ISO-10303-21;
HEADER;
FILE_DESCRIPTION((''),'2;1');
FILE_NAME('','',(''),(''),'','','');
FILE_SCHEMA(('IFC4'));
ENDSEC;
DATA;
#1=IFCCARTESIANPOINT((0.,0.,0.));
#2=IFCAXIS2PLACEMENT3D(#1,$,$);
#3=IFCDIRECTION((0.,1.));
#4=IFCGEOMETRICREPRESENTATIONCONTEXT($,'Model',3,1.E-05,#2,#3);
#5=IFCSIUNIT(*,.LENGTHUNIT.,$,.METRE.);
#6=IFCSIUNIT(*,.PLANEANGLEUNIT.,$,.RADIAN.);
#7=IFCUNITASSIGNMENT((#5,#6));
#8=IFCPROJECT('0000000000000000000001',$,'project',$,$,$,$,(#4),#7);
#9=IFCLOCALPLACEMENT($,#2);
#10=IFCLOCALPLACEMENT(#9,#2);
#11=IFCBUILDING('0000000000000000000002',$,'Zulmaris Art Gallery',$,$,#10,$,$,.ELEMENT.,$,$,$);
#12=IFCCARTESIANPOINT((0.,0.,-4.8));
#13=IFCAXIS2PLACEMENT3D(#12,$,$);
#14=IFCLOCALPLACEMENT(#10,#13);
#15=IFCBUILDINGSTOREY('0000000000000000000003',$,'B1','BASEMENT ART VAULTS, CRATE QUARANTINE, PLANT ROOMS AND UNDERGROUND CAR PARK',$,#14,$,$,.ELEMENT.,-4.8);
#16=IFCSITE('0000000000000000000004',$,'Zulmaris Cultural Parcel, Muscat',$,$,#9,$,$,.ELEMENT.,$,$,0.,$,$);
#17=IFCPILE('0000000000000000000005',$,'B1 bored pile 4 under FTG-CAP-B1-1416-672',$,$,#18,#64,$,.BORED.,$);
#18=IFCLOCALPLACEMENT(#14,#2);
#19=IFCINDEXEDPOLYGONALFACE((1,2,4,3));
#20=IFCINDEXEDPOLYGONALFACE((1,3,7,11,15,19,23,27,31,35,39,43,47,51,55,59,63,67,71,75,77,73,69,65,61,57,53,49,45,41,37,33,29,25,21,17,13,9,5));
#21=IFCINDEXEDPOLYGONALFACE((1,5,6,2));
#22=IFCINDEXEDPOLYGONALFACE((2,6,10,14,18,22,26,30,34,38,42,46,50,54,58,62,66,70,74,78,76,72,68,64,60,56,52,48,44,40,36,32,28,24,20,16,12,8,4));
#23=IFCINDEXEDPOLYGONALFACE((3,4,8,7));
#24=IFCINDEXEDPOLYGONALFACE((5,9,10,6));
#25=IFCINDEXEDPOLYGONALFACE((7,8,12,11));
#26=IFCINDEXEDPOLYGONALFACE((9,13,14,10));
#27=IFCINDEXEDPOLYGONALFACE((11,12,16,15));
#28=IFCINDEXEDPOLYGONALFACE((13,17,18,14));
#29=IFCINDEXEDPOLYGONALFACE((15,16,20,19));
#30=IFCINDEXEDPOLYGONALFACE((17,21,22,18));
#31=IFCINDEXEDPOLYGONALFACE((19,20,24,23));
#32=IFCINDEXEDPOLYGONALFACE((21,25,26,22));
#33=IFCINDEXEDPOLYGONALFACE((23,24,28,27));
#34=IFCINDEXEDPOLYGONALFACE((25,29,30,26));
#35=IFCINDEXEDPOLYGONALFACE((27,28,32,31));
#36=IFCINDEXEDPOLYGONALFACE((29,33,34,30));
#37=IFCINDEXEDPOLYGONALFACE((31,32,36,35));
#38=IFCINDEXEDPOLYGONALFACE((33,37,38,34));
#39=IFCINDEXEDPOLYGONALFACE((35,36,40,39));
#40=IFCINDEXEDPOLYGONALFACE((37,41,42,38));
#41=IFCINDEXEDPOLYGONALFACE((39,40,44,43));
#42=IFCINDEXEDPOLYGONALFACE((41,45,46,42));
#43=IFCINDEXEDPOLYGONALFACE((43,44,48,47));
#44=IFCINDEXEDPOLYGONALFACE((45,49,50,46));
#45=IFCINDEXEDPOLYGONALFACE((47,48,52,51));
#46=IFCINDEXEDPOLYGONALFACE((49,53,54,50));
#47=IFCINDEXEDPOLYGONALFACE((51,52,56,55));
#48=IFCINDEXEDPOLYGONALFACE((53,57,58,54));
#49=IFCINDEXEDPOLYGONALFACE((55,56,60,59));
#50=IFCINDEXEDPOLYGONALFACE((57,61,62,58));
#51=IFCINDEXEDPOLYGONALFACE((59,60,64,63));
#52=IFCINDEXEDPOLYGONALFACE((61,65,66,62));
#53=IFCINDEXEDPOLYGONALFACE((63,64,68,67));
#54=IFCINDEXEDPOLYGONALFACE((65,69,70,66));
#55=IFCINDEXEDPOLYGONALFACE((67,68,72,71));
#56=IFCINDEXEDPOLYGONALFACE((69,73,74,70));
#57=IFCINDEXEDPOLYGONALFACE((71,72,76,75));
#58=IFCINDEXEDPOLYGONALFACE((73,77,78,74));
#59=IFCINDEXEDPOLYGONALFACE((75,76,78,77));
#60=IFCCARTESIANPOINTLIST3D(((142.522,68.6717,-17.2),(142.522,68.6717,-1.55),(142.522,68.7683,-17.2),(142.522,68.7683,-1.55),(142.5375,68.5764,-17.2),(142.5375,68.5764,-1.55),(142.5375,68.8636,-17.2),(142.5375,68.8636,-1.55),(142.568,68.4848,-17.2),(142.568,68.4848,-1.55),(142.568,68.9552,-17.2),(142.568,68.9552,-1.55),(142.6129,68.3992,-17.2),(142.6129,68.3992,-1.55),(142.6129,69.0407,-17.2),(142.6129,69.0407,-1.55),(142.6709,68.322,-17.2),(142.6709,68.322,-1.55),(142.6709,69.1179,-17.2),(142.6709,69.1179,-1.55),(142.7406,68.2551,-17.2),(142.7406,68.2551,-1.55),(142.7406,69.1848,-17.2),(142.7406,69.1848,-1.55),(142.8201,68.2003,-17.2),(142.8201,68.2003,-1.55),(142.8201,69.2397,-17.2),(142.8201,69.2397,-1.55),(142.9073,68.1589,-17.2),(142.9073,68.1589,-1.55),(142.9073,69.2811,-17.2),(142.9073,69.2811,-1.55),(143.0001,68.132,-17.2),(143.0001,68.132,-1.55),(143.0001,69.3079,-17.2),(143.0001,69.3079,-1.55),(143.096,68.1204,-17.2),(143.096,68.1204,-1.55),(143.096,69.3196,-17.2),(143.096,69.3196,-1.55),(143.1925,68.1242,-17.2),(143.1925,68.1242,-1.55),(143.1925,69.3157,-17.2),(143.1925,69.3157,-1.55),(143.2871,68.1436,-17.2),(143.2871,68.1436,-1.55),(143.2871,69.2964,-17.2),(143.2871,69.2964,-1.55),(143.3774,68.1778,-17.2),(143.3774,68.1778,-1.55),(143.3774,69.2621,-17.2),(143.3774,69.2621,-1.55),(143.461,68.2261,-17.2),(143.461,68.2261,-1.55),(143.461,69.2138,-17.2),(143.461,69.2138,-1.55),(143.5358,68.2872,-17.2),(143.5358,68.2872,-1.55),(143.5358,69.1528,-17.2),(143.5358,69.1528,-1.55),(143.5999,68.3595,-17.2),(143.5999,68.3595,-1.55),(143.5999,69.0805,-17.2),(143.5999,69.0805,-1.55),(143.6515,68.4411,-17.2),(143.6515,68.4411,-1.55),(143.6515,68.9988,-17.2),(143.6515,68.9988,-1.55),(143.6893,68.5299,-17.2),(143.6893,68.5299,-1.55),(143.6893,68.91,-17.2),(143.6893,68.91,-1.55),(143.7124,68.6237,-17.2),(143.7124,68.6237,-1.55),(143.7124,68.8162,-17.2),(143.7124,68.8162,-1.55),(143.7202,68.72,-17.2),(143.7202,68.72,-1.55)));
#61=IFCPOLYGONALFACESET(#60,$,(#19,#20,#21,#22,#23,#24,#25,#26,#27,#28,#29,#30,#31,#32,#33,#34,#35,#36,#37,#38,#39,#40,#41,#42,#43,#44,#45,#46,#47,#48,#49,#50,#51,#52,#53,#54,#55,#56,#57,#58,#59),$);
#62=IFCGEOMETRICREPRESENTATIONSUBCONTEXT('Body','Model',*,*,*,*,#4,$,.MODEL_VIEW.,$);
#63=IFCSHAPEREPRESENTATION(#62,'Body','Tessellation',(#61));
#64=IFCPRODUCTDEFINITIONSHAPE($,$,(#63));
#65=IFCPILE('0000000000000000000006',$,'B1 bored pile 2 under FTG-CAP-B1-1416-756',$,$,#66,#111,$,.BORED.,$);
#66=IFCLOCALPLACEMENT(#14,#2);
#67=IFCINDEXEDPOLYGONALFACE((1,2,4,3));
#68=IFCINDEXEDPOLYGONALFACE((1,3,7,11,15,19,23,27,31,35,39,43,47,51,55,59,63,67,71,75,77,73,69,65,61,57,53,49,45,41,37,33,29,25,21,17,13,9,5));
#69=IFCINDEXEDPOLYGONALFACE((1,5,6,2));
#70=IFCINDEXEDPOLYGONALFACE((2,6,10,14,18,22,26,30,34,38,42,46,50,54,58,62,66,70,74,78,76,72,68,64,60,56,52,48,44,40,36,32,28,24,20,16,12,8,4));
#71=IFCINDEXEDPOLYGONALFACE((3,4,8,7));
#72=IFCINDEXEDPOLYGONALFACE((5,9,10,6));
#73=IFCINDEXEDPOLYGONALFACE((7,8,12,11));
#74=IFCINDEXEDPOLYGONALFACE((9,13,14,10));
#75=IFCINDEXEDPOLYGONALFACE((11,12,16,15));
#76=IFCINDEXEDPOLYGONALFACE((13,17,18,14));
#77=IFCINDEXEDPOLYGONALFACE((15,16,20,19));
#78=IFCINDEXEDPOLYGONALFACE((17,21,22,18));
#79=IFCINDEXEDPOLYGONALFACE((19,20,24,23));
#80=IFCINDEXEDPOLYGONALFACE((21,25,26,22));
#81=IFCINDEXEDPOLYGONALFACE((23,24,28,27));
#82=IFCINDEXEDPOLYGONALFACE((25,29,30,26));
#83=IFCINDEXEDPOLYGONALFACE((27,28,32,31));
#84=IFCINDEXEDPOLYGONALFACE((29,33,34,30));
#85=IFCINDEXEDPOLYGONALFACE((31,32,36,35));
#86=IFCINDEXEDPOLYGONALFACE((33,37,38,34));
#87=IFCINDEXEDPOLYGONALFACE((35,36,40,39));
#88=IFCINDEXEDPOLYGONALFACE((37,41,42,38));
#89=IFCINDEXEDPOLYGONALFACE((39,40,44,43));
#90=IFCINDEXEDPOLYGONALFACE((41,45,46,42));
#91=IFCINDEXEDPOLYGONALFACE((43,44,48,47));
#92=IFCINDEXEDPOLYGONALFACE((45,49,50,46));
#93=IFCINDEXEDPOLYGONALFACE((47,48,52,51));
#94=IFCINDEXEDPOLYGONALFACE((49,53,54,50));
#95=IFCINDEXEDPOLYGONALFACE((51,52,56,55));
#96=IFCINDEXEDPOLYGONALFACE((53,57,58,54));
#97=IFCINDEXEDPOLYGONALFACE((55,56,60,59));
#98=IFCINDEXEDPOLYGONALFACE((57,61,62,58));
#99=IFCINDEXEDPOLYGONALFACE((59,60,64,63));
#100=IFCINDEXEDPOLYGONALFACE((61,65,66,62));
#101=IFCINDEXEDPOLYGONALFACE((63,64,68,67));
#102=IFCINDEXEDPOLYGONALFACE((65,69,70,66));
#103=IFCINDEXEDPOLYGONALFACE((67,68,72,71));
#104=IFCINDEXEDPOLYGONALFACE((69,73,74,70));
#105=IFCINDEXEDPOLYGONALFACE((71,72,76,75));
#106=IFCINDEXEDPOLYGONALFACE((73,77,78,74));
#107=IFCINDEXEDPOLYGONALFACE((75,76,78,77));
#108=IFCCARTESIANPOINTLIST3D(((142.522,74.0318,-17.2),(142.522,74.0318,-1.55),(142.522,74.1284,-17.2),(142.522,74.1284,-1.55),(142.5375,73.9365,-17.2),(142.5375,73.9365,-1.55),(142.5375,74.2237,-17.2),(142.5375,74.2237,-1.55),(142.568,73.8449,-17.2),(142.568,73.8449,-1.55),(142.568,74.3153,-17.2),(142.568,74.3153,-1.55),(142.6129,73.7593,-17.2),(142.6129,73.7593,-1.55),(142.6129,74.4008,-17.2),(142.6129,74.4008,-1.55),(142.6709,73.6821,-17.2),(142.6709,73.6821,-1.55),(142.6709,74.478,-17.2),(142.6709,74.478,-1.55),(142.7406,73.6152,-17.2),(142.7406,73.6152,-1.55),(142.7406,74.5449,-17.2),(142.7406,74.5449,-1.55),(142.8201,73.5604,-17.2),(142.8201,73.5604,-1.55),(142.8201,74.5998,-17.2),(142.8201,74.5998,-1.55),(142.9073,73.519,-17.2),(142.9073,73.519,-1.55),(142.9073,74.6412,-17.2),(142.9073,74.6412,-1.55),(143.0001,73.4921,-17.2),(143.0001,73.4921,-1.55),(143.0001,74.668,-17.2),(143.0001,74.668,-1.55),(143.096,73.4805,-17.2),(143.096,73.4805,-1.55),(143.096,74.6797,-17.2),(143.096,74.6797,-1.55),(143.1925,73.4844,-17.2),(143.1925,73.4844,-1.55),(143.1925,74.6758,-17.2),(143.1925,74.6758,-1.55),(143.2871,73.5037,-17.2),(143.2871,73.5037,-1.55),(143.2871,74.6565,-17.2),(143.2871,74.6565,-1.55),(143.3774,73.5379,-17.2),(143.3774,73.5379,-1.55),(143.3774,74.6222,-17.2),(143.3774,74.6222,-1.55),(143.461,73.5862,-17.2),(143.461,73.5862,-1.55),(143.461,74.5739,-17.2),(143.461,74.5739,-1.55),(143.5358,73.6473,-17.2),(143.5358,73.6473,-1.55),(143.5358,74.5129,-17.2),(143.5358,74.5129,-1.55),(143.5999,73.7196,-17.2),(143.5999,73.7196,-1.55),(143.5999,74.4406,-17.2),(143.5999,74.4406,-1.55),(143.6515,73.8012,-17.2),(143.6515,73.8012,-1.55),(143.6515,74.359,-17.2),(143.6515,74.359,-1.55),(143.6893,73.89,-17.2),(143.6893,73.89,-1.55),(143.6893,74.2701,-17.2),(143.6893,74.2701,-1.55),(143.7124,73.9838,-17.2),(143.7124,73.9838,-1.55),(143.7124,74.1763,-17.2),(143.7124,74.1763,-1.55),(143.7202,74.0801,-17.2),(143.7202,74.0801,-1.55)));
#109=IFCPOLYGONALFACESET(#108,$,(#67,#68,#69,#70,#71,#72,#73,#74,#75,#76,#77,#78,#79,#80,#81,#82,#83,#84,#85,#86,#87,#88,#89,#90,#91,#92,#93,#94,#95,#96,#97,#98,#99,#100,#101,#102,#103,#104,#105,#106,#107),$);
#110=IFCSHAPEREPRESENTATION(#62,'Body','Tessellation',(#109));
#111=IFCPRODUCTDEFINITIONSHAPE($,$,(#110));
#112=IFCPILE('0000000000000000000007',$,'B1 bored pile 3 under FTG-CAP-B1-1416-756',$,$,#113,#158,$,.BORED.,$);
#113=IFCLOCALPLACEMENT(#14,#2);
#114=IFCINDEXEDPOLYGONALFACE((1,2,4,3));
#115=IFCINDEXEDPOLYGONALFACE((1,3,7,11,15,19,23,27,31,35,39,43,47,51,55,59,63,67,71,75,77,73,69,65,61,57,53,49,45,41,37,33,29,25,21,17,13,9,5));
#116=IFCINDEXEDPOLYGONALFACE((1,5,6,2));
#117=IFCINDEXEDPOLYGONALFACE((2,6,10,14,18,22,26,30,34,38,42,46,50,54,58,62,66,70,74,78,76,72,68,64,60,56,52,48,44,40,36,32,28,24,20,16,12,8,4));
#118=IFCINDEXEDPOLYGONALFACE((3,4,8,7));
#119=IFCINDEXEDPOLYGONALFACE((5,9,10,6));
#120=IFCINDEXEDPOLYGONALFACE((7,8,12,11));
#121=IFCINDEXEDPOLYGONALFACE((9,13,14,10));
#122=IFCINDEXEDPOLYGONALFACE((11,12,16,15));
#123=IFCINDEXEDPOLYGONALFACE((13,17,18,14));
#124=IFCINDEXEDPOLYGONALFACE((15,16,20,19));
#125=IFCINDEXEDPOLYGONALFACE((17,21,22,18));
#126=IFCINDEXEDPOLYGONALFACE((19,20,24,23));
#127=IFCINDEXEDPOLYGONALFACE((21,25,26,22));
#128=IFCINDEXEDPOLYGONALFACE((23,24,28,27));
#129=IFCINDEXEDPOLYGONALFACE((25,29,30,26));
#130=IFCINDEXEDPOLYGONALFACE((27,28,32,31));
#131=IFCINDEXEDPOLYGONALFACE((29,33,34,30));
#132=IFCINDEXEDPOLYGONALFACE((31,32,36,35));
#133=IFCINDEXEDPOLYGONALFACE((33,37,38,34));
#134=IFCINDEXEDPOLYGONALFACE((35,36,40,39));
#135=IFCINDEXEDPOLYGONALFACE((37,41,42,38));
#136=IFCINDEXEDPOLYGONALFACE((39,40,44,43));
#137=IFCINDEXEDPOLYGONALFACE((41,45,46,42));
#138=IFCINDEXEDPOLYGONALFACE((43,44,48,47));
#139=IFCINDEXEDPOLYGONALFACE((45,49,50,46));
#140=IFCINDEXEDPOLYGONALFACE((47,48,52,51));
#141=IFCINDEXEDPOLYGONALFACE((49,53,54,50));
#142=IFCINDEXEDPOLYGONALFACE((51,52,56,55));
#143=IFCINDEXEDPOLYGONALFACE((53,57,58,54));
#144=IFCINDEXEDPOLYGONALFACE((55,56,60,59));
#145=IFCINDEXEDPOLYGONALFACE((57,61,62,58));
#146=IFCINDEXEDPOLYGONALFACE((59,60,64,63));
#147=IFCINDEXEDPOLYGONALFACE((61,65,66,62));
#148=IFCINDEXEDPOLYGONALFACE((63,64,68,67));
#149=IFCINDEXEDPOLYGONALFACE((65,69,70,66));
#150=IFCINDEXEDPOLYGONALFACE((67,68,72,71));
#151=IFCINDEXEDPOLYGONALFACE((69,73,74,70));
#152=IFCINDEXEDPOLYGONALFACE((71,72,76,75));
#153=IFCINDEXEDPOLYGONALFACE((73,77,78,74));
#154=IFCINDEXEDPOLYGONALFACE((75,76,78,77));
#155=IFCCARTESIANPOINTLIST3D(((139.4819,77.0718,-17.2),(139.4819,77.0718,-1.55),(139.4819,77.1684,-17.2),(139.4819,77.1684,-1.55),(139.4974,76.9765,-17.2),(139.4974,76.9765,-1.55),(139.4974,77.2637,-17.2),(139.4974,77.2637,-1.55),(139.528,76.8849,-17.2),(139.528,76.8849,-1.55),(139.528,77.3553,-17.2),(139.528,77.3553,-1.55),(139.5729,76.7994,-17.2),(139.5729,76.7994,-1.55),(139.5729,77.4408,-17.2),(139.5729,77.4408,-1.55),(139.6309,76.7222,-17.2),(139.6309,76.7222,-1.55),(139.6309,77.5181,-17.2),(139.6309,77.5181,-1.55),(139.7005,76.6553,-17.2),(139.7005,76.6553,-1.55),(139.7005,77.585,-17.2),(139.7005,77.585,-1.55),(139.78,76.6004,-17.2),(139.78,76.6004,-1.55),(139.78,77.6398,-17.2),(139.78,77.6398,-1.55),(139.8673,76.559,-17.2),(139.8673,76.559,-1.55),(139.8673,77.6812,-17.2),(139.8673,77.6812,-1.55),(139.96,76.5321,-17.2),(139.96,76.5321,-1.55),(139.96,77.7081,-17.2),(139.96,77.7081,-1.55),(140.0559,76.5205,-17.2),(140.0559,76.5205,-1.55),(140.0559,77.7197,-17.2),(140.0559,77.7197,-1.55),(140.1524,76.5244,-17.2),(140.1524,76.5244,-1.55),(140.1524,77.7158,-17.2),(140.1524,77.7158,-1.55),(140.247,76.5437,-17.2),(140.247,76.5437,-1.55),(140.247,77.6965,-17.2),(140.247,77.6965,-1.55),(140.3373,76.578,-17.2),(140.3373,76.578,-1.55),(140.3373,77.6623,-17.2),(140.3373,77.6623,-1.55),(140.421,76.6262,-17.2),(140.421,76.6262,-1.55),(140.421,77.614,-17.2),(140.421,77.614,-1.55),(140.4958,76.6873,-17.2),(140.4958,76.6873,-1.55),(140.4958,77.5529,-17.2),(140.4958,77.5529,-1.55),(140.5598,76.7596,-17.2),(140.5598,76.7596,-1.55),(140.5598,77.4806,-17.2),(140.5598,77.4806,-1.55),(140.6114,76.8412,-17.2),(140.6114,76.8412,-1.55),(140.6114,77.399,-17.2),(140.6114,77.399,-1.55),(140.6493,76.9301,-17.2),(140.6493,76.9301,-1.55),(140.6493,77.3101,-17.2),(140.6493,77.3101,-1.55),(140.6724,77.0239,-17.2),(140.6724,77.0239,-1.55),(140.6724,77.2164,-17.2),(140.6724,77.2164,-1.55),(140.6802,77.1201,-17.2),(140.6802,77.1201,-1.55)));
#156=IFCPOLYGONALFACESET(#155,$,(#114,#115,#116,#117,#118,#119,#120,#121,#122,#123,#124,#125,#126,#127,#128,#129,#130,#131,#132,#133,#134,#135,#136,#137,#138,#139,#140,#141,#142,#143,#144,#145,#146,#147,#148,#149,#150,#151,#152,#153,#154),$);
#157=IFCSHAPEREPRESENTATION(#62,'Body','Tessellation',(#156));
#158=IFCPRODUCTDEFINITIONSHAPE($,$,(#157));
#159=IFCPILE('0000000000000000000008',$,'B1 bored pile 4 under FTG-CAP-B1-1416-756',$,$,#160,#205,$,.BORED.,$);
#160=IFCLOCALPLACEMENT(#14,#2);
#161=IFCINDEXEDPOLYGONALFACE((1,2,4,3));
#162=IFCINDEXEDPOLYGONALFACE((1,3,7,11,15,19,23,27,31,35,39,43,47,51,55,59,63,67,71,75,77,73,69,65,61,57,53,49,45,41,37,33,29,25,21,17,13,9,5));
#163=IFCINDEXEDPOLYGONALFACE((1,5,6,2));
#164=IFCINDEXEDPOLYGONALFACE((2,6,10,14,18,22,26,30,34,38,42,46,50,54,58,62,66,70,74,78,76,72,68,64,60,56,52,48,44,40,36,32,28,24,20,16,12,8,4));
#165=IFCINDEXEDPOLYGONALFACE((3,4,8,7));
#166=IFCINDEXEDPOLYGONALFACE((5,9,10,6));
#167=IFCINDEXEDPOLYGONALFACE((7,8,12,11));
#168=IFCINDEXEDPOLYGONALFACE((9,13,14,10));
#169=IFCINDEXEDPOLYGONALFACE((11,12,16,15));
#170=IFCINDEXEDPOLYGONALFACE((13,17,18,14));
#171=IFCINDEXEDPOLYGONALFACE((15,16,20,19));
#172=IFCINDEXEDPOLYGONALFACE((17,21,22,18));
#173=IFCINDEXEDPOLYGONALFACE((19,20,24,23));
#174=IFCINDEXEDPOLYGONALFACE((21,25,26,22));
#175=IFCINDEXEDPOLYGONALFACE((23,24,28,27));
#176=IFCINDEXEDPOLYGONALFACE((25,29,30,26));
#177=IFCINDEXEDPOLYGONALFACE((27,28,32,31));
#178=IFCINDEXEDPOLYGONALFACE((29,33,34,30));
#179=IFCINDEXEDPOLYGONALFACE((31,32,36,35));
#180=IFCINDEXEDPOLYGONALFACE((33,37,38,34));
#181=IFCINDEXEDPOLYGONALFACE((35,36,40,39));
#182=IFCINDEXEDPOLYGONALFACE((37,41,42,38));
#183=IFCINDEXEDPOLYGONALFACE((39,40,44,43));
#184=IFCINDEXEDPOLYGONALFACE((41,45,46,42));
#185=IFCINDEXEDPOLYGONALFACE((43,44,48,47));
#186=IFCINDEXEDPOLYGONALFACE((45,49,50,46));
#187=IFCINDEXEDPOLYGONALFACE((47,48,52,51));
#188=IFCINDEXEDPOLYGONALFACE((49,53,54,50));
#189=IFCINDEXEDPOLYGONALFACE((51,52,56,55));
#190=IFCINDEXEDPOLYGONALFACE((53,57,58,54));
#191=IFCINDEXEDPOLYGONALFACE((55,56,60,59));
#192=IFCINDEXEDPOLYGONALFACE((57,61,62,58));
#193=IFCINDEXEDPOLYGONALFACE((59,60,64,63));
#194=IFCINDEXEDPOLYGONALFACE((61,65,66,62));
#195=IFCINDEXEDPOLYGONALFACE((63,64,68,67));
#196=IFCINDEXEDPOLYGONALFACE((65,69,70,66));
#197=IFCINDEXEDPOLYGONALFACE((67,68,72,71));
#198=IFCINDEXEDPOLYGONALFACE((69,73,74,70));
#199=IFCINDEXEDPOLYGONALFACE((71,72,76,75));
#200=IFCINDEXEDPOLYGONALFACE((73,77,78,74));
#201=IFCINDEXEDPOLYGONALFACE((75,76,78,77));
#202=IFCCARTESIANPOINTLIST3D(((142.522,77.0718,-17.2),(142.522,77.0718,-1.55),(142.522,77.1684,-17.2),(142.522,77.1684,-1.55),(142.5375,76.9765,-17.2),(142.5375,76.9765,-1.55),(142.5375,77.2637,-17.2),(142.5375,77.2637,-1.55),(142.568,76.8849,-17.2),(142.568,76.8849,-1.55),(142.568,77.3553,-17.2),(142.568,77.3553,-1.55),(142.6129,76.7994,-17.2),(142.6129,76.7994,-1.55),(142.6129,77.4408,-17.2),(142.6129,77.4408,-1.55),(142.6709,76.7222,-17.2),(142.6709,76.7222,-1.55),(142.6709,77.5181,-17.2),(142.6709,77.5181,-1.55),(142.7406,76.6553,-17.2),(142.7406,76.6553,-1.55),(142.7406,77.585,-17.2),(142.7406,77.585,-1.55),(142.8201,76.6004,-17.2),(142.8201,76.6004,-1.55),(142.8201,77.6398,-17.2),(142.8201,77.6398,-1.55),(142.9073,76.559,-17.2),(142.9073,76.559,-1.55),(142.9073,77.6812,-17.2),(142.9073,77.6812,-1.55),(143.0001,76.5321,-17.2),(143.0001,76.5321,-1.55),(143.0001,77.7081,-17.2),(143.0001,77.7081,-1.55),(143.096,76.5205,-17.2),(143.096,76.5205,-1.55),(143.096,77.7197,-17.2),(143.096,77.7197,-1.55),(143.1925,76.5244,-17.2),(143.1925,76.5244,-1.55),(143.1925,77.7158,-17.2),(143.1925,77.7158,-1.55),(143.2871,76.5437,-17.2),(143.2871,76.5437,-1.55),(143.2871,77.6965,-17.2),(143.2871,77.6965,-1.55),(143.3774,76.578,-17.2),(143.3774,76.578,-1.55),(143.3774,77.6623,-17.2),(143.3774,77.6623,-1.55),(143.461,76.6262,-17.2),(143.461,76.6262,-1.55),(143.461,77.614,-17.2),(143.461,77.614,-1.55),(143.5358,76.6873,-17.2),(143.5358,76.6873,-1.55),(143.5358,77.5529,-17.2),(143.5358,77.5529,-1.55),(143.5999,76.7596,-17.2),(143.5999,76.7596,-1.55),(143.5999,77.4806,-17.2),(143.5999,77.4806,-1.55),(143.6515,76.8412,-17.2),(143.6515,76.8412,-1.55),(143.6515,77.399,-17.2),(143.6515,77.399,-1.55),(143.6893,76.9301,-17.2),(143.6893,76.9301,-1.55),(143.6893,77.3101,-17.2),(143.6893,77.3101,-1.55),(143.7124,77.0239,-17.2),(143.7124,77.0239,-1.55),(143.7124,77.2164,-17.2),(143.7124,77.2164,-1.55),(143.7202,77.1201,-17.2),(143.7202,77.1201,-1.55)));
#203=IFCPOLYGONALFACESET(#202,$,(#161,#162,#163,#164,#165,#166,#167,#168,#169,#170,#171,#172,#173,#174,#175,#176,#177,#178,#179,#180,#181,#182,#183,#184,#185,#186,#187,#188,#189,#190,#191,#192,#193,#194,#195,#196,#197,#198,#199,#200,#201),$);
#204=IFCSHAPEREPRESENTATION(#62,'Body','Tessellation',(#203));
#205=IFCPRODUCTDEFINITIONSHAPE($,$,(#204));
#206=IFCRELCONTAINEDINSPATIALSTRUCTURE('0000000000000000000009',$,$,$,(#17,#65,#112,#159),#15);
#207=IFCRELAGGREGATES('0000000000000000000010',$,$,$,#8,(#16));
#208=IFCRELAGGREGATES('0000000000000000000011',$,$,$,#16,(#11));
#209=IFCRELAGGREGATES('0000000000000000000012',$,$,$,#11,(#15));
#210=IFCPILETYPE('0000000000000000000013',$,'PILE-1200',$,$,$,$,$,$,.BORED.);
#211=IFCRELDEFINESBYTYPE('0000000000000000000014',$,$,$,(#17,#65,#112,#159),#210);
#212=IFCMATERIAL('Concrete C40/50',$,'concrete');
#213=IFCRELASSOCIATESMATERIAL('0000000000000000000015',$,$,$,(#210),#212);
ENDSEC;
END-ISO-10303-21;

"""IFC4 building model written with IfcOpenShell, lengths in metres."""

from ifc_helpers import new_model, si_unit, direction, frame, origin, origin_2d, place, context, subcontext, project, spatial, circle, extrude, material, material_profile, profile_set, type_object, element, save


model = new_model("IFC4")

# Units and contexts
model_context = context("Model", 3, precision=1e-05, world=origin(), true_north=direction((0.0, 1.0)))
body_context = subcontext(model_context, "Body", "Model", "MODEL_VIEW")
ifc_project = project(units=[si_unit("LENGTHUNIT", "METRE"), si_unit("PLANEANGLEUNIT", "RADIAN")], contexts=[model_context])

# Site, building, storey
site_placement = place(None, origin())
site = spatial("IfcSite", under=ifc_project, at=site_placement, Name="Zulmaris Cultural Parcel, Muscat", CompositionType="ELEMENT", RefElevation=0.0)
building_placement = place(site_placement, origin())
building = spatial("IfcBuilding", under=site, at=building_placement, Name="Zulmaris Art Gallery", CompositionType="ELEMENT")
storey_placement = place(building_placement, frame((0.0, 0.0, -4.8)))
storey = spatial("IfcBuildingStorey", under=building, at=storey_placement, Name="B1", Description="BASEMENT ART VAULTS, CRATE QUARANTINE, PLANT ROOMS AND UNDERGROUND CAR PARK", CompositionType="ELEMENT", Elevation=-4.8)

# Piles
ifc_material_1 = material(Name="Concrete C40/50", Category="concrete")
ifc_material_profile_1 = material_profile(ifc_material_1, circle(Radius=0.6001, at=origin_2d()), Name="PILE DIA 1200")
ifc_profile_set_1 = profile_set([ifc_material_profile_1], Name="Concrete C40/50")
pile_type = type_object("IfcPileType", Name="PILE-1200", PredefinedType="BORED", material=ifc_profile_set_1)
for number, where, z_axis, x_axis, name in (
    (1, (143.1201, 68.72, -1.55), (0.0, 0.0, -1.0), (1.0, 0.0, 0.0), "B1 bored pile 4 under FTG-CAP-B1-1416-672"),
    (2, (143.1201, 74.0801, -1.55), (0.0, 0.0, -1.0), (1.0, 0.0, 0.0), "B1 bored pile 2 under FTG-CAP-B1-1416-756"),
    (3, (140.0801, 77.1201, -1.55), (0.0, 0.0, -1.0), (1.0, 0.0, 0.0), "B1 bored pile 3 under FTG-CAP-B1-1416-756"),
    (4, (143.1201, 77.1201, -1.55), (0.0, 0.0, -1.0), (1.0, 0.0, 0.0), "B1 bored pile 4 under FTG-CAP-B1-1416-756"),
):
    element("IfcPile", number, at=place(storey_placement, frame(where, z_axis=z_axis, x_axis=x_axis)), inside=storey, type_object=pile_type, Name=name, PredefinedType="BORED", context=body_context, shape_type="SweptSolid", body=[
        extrude(circle(Radius=0.6001, at=origin_2d()), origin(), (0.0, 0.0, 1.0), 15.6499),
    ])

save(model, "model.ifc")
